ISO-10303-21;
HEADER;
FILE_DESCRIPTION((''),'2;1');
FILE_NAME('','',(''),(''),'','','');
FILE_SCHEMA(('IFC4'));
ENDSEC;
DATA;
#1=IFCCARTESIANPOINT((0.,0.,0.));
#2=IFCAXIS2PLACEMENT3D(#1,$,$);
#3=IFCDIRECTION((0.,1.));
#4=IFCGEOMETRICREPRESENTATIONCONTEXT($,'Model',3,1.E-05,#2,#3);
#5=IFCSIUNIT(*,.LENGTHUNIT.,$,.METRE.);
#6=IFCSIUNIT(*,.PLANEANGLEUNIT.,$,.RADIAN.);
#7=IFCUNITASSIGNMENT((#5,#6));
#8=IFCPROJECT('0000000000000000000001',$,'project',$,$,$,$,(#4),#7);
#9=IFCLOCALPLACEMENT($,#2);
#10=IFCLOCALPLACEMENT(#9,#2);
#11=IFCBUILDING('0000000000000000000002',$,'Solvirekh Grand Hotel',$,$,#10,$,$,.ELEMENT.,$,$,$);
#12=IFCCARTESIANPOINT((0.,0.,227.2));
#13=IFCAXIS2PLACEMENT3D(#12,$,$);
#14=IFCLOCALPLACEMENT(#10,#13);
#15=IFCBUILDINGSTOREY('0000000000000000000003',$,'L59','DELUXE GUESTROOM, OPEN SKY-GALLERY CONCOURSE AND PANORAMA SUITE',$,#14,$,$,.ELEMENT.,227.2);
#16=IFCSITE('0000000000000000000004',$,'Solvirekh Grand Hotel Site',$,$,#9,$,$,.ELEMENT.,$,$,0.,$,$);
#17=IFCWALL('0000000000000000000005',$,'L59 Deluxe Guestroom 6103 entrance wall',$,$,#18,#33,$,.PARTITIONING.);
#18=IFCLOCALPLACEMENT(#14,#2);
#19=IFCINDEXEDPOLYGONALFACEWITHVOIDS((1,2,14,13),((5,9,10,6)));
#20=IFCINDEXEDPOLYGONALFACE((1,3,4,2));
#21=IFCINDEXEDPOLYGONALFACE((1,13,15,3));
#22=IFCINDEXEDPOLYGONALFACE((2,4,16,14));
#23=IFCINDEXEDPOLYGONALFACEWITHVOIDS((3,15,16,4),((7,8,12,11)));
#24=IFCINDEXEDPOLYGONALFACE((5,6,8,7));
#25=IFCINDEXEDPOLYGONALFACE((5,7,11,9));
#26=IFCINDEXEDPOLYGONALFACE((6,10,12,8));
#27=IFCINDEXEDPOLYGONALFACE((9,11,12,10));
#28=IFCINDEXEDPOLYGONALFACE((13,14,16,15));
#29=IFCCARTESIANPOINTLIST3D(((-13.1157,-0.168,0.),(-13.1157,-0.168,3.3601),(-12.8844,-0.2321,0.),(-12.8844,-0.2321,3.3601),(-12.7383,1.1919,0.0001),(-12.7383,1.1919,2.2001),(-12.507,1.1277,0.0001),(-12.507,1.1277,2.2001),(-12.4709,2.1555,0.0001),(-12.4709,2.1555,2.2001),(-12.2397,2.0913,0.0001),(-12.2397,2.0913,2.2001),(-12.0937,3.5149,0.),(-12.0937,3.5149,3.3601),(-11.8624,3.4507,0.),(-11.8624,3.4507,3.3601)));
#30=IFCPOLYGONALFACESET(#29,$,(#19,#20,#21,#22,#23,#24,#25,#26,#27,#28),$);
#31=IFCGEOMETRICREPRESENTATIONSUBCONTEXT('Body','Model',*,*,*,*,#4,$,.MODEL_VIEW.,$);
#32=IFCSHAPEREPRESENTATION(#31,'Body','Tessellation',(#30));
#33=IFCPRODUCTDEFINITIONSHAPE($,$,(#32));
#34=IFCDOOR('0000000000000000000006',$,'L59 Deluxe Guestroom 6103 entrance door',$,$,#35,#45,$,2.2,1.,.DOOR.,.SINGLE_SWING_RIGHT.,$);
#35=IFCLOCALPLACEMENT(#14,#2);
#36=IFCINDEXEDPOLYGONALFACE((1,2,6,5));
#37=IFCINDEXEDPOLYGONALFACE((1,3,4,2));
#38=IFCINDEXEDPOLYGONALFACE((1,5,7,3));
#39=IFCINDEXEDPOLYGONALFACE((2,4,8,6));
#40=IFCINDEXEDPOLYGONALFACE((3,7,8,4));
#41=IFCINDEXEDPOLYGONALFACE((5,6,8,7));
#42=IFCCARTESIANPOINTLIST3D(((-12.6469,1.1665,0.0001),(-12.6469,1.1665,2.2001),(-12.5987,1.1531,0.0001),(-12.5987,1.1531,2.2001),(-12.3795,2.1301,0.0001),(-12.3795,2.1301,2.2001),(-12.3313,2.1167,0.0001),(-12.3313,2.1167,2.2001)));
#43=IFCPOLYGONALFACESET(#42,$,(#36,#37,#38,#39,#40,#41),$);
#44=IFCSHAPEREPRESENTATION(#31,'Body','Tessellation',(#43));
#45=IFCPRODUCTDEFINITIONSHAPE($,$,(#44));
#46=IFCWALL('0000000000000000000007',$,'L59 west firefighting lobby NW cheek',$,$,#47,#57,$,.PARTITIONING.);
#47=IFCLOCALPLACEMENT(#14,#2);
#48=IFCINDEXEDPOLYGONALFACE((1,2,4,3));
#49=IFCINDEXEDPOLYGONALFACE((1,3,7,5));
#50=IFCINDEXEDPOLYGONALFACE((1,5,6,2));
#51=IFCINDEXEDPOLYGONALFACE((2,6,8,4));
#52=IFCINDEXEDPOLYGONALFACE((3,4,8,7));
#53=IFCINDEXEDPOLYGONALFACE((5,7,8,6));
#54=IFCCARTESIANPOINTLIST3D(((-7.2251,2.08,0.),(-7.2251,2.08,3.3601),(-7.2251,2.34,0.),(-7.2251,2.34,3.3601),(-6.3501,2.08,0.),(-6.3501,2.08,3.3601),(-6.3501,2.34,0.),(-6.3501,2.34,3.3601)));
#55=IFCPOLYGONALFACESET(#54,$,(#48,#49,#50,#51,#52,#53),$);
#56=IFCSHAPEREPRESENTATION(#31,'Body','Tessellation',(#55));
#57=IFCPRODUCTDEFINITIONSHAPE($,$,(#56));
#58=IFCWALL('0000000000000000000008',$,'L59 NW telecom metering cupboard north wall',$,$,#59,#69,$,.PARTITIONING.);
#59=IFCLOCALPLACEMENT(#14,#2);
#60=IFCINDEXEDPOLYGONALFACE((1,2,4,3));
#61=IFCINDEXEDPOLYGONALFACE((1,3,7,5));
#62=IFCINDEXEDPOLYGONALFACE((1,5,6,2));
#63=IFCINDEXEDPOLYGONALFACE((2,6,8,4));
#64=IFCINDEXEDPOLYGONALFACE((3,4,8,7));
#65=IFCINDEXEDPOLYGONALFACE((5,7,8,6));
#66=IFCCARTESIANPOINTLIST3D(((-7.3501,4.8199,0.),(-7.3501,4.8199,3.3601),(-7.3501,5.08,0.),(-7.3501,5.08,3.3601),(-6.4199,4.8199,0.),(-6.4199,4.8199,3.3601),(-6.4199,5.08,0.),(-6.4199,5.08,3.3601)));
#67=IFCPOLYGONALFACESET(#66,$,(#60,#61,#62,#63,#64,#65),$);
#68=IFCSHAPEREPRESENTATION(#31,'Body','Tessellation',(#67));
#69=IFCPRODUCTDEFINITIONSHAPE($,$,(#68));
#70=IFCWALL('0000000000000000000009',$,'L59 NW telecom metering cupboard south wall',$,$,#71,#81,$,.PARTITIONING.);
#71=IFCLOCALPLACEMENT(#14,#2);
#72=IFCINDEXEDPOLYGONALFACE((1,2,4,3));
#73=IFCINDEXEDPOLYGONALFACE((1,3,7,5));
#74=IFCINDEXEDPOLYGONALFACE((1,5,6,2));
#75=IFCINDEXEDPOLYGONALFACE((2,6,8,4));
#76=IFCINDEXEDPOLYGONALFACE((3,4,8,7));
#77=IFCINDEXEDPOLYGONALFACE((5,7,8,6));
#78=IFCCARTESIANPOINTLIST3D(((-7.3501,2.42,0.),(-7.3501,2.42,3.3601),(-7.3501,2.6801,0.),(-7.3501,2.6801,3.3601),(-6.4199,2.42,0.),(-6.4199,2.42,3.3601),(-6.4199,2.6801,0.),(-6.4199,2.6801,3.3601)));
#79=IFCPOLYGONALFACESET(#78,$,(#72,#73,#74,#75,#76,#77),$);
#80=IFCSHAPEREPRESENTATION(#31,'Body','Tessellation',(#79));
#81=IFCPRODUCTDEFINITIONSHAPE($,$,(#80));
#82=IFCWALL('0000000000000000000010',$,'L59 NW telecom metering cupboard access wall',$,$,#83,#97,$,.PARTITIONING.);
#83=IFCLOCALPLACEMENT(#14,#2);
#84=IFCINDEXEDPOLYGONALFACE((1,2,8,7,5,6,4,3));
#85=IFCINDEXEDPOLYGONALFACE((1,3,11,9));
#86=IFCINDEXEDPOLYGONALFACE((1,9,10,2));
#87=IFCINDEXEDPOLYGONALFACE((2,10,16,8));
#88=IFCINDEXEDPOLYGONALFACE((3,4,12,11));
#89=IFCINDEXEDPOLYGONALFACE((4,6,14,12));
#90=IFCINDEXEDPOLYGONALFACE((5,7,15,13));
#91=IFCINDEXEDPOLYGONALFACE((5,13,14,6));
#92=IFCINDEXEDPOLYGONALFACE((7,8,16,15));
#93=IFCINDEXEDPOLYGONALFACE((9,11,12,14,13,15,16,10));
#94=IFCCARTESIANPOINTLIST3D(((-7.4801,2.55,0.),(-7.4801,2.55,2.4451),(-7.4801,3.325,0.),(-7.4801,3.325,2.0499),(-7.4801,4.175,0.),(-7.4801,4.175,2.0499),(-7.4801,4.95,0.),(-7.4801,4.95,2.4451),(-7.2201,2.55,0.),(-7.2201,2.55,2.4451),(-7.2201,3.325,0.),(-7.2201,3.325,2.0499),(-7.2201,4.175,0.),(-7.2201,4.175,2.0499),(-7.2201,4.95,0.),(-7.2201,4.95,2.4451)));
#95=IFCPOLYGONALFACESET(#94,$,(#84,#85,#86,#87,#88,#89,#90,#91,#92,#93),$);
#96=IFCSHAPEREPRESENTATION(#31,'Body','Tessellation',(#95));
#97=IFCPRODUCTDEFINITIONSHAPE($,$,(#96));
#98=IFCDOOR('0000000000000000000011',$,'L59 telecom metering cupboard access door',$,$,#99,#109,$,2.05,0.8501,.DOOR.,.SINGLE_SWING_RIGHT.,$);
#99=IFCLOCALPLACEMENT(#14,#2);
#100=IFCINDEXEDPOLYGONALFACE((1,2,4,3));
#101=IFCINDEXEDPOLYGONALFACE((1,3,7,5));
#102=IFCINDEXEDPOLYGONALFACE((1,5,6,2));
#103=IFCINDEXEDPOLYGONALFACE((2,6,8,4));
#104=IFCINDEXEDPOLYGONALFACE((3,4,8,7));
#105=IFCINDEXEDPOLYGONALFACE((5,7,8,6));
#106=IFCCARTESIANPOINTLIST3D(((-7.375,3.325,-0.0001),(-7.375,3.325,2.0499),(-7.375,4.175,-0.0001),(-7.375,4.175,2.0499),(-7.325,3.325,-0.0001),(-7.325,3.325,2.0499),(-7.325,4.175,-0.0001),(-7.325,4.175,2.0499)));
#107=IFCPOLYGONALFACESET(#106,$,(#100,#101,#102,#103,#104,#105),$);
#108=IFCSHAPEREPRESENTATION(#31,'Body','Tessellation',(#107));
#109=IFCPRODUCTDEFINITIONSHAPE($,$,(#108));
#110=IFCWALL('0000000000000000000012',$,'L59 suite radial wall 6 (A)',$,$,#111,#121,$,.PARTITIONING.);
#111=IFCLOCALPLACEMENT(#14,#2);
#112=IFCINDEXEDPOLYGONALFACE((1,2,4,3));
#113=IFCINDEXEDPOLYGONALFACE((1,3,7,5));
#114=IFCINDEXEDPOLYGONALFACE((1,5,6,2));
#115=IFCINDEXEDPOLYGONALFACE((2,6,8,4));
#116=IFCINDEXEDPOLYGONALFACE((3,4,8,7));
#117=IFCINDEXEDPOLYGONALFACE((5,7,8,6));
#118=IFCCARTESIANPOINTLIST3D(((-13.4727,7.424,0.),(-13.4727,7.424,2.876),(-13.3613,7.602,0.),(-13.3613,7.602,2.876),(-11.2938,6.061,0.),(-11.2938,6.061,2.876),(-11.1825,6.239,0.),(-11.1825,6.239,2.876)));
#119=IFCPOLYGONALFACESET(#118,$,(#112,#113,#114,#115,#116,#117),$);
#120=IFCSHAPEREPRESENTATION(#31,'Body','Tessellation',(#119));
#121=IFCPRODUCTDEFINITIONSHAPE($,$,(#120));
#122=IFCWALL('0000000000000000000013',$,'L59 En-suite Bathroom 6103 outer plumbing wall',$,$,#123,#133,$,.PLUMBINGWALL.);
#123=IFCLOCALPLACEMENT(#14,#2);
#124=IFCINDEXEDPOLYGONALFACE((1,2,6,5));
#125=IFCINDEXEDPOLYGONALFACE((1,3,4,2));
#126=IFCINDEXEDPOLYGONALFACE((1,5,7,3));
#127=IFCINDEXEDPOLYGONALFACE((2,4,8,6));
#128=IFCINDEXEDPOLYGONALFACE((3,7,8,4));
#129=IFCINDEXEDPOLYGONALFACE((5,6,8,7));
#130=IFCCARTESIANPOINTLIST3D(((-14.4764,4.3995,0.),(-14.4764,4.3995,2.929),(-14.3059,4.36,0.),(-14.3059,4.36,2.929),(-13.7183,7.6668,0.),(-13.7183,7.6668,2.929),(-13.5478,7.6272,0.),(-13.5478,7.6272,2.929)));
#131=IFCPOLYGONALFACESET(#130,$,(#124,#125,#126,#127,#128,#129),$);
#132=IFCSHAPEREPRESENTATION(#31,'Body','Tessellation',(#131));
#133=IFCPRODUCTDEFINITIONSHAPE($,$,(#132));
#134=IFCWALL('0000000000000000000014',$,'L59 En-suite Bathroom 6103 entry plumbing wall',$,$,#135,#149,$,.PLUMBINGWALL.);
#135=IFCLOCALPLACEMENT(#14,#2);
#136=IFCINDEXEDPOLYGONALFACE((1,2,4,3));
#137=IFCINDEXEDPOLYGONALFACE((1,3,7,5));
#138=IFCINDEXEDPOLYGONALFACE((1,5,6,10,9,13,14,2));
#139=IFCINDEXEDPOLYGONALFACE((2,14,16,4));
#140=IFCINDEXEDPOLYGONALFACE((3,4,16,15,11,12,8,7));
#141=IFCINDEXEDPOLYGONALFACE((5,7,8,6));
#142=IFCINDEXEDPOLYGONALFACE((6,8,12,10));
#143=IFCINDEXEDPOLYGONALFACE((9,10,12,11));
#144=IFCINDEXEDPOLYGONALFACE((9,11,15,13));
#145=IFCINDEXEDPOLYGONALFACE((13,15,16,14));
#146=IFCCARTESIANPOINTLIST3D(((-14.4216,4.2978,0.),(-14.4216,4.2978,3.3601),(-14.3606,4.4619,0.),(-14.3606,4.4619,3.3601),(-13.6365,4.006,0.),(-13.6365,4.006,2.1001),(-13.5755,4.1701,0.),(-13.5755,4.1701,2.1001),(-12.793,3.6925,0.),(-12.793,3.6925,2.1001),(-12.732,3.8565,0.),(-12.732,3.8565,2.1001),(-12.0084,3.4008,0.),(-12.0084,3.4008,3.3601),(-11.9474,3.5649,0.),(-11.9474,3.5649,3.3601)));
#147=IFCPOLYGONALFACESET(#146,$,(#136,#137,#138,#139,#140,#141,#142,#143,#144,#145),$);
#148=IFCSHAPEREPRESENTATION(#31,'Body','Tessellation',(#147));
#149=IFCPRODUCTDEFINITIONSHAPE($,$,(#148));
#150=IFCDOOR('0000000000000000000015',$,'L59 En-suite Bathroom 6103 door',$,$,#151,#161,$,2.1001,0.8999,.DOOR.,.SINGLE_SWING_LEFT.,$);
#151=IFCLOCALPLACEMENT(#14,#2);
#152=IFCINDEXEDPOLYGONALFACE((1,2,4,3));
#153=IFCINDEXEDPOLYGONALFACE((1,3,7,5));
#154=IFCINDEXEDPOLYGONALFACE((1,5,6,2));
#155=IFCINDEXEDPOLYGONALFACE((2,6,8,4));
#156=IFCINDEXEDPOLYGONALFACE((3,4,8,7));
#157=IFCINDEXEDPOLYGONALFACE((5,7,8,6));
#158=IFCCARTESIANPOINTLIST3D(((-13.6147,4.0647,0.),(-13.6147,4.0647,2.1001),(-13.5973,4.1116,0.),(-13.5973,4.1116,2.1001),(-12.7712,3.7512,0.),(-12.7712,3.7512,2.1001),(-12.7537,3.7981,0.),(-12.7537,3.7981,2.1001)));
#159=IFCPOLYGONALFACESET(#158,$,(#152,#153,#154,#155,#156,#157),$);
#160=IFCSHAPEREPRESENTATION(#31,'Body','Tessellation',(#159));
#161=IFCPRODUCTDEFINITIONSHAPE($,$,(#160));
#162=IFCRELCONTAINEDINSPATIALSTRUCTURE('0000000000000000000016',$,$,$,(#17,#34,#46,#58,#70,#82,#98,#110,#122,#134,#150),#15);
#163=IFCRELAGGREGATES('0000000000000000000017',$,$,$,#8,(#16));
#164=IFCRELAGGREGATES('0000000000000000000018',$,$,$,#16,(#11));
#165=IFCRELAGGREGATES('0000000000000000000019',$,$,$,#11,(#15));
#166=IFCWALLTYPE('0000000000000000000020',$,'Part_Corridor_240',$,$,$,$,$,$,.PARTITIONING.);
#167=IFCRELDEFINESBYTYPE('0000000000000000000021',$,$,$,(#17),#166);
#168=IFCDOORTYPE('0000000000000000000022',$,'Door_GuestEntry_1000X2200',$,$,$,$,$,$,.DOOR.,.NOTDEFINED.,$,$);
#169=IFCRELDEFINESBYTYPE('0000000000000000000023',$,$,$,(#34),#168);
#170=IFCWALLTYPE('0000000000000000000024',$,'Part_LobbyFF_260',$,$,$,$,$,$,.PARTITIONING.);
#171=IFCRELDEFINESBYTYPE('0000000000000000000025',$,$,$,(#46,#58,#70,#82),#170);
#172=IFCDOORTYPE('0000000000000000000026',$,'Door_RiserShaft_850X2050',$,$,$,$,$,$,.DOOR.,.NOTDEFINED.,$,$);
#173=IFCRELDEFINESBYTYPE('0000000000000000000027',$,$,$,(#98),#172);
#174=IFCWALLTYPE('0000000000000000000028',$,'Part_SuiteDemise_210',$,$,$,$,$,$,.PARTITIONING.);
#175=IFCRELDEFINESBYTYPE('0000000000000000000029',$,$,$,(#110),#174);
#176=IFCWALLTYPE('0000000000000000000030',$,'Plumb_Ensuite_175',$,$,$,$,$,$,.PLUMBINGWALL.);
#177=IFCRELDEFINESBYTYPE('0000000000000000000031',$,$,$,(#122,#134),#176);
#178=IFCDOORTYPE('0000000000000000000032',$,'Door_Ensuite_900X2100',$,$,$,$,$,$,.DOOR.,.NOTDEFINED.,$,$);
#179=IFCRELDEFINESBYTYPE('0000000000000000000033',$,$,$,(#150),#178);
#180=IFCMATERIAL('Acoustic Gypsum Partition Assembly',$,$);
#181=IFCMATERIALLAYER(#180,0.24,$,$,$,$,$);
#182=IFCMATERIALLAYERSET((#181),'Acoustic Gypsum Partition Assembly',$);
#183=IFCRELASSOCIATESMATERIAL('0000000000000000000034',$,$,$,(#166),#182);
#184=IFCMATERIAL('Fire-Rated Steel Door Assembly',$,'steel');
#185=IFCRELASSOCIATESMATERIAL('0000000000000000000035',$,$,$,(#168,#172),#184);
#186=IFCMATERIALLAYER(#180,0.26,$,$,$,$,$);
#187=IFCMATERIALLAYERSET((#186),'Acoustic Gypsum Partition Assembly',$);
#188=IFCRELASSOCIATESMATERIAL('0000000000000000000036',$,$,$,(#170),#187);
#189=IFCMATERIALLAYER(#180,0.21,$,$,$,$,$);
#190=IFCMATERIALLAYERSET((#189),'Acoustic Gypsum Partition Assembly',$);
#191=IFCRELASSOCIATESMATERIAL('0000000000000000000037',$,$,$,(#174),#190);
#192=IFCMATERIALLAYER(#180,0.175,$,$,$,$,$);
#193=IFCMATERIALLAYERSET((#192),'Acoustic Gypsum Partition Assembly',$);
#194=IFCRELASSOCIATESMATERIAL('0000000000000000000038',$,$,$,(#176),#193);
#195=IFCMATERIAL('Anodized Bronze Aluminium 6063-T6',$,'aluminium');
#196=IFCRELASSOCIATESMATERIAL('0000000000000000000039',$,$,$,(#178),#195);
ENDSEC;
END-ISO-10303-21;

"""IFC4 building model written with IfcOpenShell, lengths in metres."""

from ifc_helpers import new_model, si_unit, direction, frame, frame_2d, origin, place, context, subcontext, project, spatial, rectangle, extrude, material, layer, layer_set, type_object, element, fill, save


model = new_model("IFC4")

# Units and contexts
model_context = context("Model", 3, precision=1e-05, world=origin(), true_north=direction((0.0, 1.0)))
body_context = subcontext(model_context, "Body", "Model", "MODEL_VIEW")
ifc_project = project(units=[si_unit("LENGTHUNIT", "METRE"), si_unit("PLANEANGLEUNIT", "RADIAN")], contexts=[model_context])

# Site, building, storey
site_placement = place(None, origin())
site = spatial("IfcSite", under=ifc_project, at=site_placement, Name="Solvirekh Grand Hotel Site", CompositionType="ELEMENT", RefElevation=0.0)
building_placement = place(site_placement, origin())
building = spatial("IfcBuilding", under=site, at=building_placement, Name="Solvirekh Grand Hotel", CompositionType="ELEMENT")
storey_placement = place(building_placement, frame((0.0, 0.0, 227.2)))
storey = spatial("IfcBuildingStorey", under=building, at=storey_placement, Name="L59", Description="DELUXE GUESTROOM, OPEN SKY-GALLERY CONCOURSE AND PANORAMA SUITE", CompositionType="ELEMENT", Elevation=227.2)

# Shared definitions
ifc_material_1 = material(Name="Anodized Bronze Aluminium 6063-T6", Category="aluminium")

# Shared definitions
ifc_material_2 = material(Name="Acoustic Gypsum Partition Assembly")
ifc_layer_1 = layer(ifc_material_2, 0.24)
ifc_layer_set_1 = layer_set([ifc_layer_1], Name="Acoustic Gypsum Partition Assembly")
wall_type_1 = type_object("IfcWallType", Name="Part_Corridor_240", PredefinedType="PARTITIONING", material=ifc_layer_set_1)

# Shared definitions
ifc_material_3 = material(Name="Fire-Rated Steel Door Assembly", Category="steel")
door_type_1 = type_object("IfcDoorType", Name="Door_GuestEntry_1000X2200", OperationType="NOTDEFINED", PredefinedType="DOOR", material=ifc_material_3)

# Wall, opening, door
wall_1_placement = place(storey_placement, frame((-11.978, 3.4829, 0.0), z_axis=(0.0, 0.0, 1.0), x_axis=(-0.26739, -0.963588, 0.0)))
wall_1 = element("IfcWall", 1, at=wall_1_placement, inside=storey, type_object=wall_type_1, Name="L59 Deluxe Guestroom 6103 entrance wall", PredefinedType="PARTITIONING", context=body_context, shape_type="SweptSolid", body=[
    extrude(rectangle(XDim=3.822, YDim=0.24, at=frame_2d((1.9111, 0.0))), origin(), (0.0, 0.0, 1.0), 3.3601),
])
opening_1_placement = place(wall_1_placement, frame((1.4109, 0.0, 0.0)))
opening_1 = element("IfcOpeningElement", 2, at=opening_1_placement, cuts=wall_1, PredefinedType="OPENING", context=body_context, shape_type="SweptSolid", body=[
    extrude(rectangle(XDim=1.0, YDim=2.2, at=frame_2d((0.5, 1.1001))), frame((0.0, 0.1299, 0.0), z_axis=(0.0, -1.0, 0.0), x_axis=(1.0, 0.0, 0.0)), (0.0, 0.0, 1.0), 0.26),
])
door_1_placement = place(opening_1_placement, origin())
door_1 = element("IfcDoor", 3, at=door_1_placement, inside=storey, type_object=door_type_1, Name="L59 Deluxe Guestroom 6103 entrance door", OperationType="SINGLE_SWING_RIGHT", OverallHeight=2.2, OverallWidth=1.0, PredefinedType="DOOR", context=body_context, shape_type="SweptSolid", body=[
    extrude(rectangle(XDim=1.0, YDim=2.2, at=frame_2d((0.5, 1.1001))), frame((0.0, 0.0249, 0.0), z_axis=(0.0, -1.0, 0.0), x_axis=(1.0, 0.0, 0.0)), (0.0, 0.0, 1.0), 0.05),
])
fill(opening_1, door_1)

# Walls
ifc_layer_2 = layer(ifc_material_2, 0.26)
ifc_layer_set_2 = layer_set([ifc_layer_2], Name="Acoustic Gypsum Partition Assembly")
wall_type_2 = type_object("IfcWallType", Name="Part_LobbyFF_260", PredefinedType="PARTITIONING", material=ifc_layer_set_2)
wall_2_placement = place(storey_placement, frame((-7.2251, 2.21, 0.0), z_axis=(0.0, 0.0, 1.0), x_axis=(1.0, 0.0, 0.0)))
element("IfcWall", 4, at=wall_2_placement, inside=storey, type_object=wall_type_2, Name="L59 west firefighting lobby NW cheek", PredefinedType="PARTITIONING", context=body_context, shape_type="SweptSolid", body=[
    extrude(rectangle(XDim=0.875, YDim=0.26, at=frame_2d((0.4375, 0.0))), origin(), (0.0, 0.0, 1.0), 3.3601),
])
for number, where, z_axis, x_axis, name in (
    (5, (-7.3501, 4.95, 0.0), (0.0, 0.0, 1.0), (1.0, 0.0, 0.0), "L59 NW telecom metering cupboard north wall"),
    (6, (-7.3501, 2.55, 0.0), (0.0, 0.0, 1.0), (1.0, 0.0, 0.0), "L59 NW telecom metering cupboard south wall"),
):
    element("IfcWall", number, at=place(storey_placement, frame(where, z_axis=z_axis, x_axis=x_axis)), inside=storey, type_object=wall_type_2, Name=name, PredefinedType="PARTITIONING", context=body_context, shape_type="SweptSolid", body=[
        extrude(rectangle(XDim=0.9302, YDim=0.26, at=frame_2d((0.4651, 0.0))), origin(), (0.0, 0.0, 1.0), 3.3601),
    ])

# Wall, opening, door
wall_3_placement = place(storey_placement, frame((-7.3501, 2.55, 0.0), z_axis=(0.0, 0.0, 1.0), x_axis=(0.0, 1.0, 0.0)))
wall_3 = element("IfcWall", 7, at=wall_3_placement, inside=storey, type_object=wall_type_2, Name="L59 NW telecom metering cupboard access wall", PredefinedType="PARTITIONING", context=body_context, shape_type="SweptSolid", body=[
    extrude(rectangle(XDim=2.3999, YDim=0.26, at=frame_2d((1.2, 0.0))), origin(), (0.0, 0.0, 1.0), 2.4451),
])
opening_2_placement = place(wall_3_placement, frame((0.7749, 0.0, 0.0)))
opening_2 = element("IfcOpeningElement", 8, at=opening_2_placement, cuts=wall_3, PredefinedType="OPENING", context=body_context, shape_type="SweptSolid", body=[
    extrude(rectangle(XDim=0.8501, YDim=2.05, at=frame_2d((0.425, 1.0249))), frame((0.0, 0.1401, 0.0), z_axis=(0.0, -1.0, 0.0), x_axis=(1.0, 0.0, 0.0)), (0.0, 0.0, 1.0), 0.28),
])
door_type_2 = type_object("IfcDoorType", Name="Door_RiserShaft_850X2050", OperationType="NOTDEFINED", PredefinedType="DOOR", material=ifc_material_3)
door_2_placement = place(opening_2_placement, origin())
door_2 = element("IfcDoor", 9, at=door_2_placement, inside=storey, type_object=door_type_2, Name="L59 telecom metering cupboard access door", OperationType="SINGLE_SWING_RIGHT", OverallHeight=2.05, OverallWidth=0.8501, PredefinedType="DOOR", context=body_context, shape_type="SweptSolid", body=[
    extrude(rectangle(XDim=0.8501, YDim=2.05, at=frame_2d((0.425, 1.0249))), frame((0.0, 0.0249, 0.0), z_axis=(0.0, -1.0, 0.0), x_axis=(1.0, 0.0, 0.0)), (0.0, 0.0, 1.0), 0.05),
])
fill(opening_2, door_2)

# Walls
ifc_layer_3 = layer(ifc_material_2, 0.21)
ifc_layer_set_3 = layer_set([ifc_layer_3], Name="Acoustic Gypsum Partition Assembly")
wall_type_3 = type_object("IfcWallType", Name="Part_SuiteDemise_210", PredefinedType="PARTITIONING", material=ifc_layer_set_3)
wall_4_placement = place(storey_placement, frame((-11.238, 6.1499, 0.0), z_axis=(0.0, 0.0, 1.0), x_axis=(-0.84779, 0.530332, 0.0)))
element("IfcWall", 10, at=wall_4_placement, inside=storey, type_object=wall_type_3, Name="L59 suite radial wall 6 (A)", PredefinedType="PARTITIONING", context=body_context, shape_type="SweptSolid", body=[
    extrude(rectangle(XDim=2.5701, YDim=0.21, at=frame_2d((1.2852, 0.0))), origin(), (0.0, 0.0, 1.0), 2.876),
])
ifc_layer_4 = layer(ifc_material_2, 0.175)
ifc_layer_set_4 = layer_set([ifc_layer_4], Name="Acoustic Gypsum Partition Assembly")
wall_type_4 = type_object("IfcWallType", Name="Plumb_Ensuite_175", PredefinedType="PLUMBINGWALL", material=ifc_layer_set_4)
wall_5_placement = place(storey_placement, frame((-13.6331, 7.647, 0.0), z_axis=(0.0, 0.0, 1.0), x_axis=(-0.226024, -0.974122, 0.0)))
element("IfcWall", 11, at=wall_5_placement, inside=storey, type_object=wall_type_4, Name="L59 En-suite Bathroom 6103 outer plumbing wall", PredefinedType="PLUMBINGWALL", context=body_context, shape_type="SweptSolid", body=[
    extrude(rectangle(XDim=3.354, YDim=0.175, at=frame_2d((1.677, 0.0))), origin(), (0.0, 0.0, 1.0), 2.929),
])

# Wall, opening, door
wall_6_placement = place(storey_placement, frame((-11.978, 3.4829, 0.0), z_axis=(0.0, 0.0, 1.0), x_axis=(-0.937339, 0.34842, 0.0)))
wall_6 = element("IfcWall", 12, at=wall_6_placement, inside=storey, type_object=wall_type_4, Name="L59 En-suite Bathroom 6103 entry plumbing wall", PredefinedType="PLUMBINGWALL", context=body_context, shape_type="SweptSolid", body=[
    extrude(rectangle(XDim=2.5745, YDim=0.175, at=frame_2d((1.2871, 0.0))), origin(), (0.0, 0.0, 1.0), 3.3601),
])
opening_3_placement = place(wall_6_placement, frame((0.8369, 0.0, 0.0)))
opening_3 = element("IfcOpeningElement", 13, at=opening_3_placement, cuts=wall_6, PredefinedType="OPENING", context=body_context, shape_type="SweptSolid", body=[
    extrude(rectangle(XDim=0.8999, YDim=2.1001, at=frame_2d((0.45, 1.05))), frame((0.0, 0.0977, 0.0), z_axis=(0.0, -1.0, 0.0), x_axis=(1.0, 0.0, 0.0)), (0.0, 0.0, 1.0), 0.1951),
])
door_type_3 = type_object("IfcDoorType", Name="Door_Ensuite_900X2100", OperationType="NOTDEFINED", PredefinedType="DOOR", material=ifc_material_1)
door_3_placement = place(opening_3_placement, origin())
door_3 = element("IfcDoor", 14, at=door_3_placement, inside=storey, type_object=door_type_3, Name="L59 En-suite Bathroom 6103 door", OperationType="SINGLE_SWING_LEFT", OverallHeight=2.1001, OverallWidth=0.8999, PredefinedType="DOOR", context=body_context, shape_type="SweptSolid", body=[
    extrude(rectangle(XDim=0.8999, YDim=2.1001, at=frame_2d((0.45, 1.05))), frame((0.0, 0.0249, 0.0), z_axis=(0.0, -1.0, 0.0), x_axis=(1.0, 0.0, 0.0)), (0.0, 0.0, 1.0), 0.05),
])
fill(opening_3, door_3)

save(model, "model.ifc")
